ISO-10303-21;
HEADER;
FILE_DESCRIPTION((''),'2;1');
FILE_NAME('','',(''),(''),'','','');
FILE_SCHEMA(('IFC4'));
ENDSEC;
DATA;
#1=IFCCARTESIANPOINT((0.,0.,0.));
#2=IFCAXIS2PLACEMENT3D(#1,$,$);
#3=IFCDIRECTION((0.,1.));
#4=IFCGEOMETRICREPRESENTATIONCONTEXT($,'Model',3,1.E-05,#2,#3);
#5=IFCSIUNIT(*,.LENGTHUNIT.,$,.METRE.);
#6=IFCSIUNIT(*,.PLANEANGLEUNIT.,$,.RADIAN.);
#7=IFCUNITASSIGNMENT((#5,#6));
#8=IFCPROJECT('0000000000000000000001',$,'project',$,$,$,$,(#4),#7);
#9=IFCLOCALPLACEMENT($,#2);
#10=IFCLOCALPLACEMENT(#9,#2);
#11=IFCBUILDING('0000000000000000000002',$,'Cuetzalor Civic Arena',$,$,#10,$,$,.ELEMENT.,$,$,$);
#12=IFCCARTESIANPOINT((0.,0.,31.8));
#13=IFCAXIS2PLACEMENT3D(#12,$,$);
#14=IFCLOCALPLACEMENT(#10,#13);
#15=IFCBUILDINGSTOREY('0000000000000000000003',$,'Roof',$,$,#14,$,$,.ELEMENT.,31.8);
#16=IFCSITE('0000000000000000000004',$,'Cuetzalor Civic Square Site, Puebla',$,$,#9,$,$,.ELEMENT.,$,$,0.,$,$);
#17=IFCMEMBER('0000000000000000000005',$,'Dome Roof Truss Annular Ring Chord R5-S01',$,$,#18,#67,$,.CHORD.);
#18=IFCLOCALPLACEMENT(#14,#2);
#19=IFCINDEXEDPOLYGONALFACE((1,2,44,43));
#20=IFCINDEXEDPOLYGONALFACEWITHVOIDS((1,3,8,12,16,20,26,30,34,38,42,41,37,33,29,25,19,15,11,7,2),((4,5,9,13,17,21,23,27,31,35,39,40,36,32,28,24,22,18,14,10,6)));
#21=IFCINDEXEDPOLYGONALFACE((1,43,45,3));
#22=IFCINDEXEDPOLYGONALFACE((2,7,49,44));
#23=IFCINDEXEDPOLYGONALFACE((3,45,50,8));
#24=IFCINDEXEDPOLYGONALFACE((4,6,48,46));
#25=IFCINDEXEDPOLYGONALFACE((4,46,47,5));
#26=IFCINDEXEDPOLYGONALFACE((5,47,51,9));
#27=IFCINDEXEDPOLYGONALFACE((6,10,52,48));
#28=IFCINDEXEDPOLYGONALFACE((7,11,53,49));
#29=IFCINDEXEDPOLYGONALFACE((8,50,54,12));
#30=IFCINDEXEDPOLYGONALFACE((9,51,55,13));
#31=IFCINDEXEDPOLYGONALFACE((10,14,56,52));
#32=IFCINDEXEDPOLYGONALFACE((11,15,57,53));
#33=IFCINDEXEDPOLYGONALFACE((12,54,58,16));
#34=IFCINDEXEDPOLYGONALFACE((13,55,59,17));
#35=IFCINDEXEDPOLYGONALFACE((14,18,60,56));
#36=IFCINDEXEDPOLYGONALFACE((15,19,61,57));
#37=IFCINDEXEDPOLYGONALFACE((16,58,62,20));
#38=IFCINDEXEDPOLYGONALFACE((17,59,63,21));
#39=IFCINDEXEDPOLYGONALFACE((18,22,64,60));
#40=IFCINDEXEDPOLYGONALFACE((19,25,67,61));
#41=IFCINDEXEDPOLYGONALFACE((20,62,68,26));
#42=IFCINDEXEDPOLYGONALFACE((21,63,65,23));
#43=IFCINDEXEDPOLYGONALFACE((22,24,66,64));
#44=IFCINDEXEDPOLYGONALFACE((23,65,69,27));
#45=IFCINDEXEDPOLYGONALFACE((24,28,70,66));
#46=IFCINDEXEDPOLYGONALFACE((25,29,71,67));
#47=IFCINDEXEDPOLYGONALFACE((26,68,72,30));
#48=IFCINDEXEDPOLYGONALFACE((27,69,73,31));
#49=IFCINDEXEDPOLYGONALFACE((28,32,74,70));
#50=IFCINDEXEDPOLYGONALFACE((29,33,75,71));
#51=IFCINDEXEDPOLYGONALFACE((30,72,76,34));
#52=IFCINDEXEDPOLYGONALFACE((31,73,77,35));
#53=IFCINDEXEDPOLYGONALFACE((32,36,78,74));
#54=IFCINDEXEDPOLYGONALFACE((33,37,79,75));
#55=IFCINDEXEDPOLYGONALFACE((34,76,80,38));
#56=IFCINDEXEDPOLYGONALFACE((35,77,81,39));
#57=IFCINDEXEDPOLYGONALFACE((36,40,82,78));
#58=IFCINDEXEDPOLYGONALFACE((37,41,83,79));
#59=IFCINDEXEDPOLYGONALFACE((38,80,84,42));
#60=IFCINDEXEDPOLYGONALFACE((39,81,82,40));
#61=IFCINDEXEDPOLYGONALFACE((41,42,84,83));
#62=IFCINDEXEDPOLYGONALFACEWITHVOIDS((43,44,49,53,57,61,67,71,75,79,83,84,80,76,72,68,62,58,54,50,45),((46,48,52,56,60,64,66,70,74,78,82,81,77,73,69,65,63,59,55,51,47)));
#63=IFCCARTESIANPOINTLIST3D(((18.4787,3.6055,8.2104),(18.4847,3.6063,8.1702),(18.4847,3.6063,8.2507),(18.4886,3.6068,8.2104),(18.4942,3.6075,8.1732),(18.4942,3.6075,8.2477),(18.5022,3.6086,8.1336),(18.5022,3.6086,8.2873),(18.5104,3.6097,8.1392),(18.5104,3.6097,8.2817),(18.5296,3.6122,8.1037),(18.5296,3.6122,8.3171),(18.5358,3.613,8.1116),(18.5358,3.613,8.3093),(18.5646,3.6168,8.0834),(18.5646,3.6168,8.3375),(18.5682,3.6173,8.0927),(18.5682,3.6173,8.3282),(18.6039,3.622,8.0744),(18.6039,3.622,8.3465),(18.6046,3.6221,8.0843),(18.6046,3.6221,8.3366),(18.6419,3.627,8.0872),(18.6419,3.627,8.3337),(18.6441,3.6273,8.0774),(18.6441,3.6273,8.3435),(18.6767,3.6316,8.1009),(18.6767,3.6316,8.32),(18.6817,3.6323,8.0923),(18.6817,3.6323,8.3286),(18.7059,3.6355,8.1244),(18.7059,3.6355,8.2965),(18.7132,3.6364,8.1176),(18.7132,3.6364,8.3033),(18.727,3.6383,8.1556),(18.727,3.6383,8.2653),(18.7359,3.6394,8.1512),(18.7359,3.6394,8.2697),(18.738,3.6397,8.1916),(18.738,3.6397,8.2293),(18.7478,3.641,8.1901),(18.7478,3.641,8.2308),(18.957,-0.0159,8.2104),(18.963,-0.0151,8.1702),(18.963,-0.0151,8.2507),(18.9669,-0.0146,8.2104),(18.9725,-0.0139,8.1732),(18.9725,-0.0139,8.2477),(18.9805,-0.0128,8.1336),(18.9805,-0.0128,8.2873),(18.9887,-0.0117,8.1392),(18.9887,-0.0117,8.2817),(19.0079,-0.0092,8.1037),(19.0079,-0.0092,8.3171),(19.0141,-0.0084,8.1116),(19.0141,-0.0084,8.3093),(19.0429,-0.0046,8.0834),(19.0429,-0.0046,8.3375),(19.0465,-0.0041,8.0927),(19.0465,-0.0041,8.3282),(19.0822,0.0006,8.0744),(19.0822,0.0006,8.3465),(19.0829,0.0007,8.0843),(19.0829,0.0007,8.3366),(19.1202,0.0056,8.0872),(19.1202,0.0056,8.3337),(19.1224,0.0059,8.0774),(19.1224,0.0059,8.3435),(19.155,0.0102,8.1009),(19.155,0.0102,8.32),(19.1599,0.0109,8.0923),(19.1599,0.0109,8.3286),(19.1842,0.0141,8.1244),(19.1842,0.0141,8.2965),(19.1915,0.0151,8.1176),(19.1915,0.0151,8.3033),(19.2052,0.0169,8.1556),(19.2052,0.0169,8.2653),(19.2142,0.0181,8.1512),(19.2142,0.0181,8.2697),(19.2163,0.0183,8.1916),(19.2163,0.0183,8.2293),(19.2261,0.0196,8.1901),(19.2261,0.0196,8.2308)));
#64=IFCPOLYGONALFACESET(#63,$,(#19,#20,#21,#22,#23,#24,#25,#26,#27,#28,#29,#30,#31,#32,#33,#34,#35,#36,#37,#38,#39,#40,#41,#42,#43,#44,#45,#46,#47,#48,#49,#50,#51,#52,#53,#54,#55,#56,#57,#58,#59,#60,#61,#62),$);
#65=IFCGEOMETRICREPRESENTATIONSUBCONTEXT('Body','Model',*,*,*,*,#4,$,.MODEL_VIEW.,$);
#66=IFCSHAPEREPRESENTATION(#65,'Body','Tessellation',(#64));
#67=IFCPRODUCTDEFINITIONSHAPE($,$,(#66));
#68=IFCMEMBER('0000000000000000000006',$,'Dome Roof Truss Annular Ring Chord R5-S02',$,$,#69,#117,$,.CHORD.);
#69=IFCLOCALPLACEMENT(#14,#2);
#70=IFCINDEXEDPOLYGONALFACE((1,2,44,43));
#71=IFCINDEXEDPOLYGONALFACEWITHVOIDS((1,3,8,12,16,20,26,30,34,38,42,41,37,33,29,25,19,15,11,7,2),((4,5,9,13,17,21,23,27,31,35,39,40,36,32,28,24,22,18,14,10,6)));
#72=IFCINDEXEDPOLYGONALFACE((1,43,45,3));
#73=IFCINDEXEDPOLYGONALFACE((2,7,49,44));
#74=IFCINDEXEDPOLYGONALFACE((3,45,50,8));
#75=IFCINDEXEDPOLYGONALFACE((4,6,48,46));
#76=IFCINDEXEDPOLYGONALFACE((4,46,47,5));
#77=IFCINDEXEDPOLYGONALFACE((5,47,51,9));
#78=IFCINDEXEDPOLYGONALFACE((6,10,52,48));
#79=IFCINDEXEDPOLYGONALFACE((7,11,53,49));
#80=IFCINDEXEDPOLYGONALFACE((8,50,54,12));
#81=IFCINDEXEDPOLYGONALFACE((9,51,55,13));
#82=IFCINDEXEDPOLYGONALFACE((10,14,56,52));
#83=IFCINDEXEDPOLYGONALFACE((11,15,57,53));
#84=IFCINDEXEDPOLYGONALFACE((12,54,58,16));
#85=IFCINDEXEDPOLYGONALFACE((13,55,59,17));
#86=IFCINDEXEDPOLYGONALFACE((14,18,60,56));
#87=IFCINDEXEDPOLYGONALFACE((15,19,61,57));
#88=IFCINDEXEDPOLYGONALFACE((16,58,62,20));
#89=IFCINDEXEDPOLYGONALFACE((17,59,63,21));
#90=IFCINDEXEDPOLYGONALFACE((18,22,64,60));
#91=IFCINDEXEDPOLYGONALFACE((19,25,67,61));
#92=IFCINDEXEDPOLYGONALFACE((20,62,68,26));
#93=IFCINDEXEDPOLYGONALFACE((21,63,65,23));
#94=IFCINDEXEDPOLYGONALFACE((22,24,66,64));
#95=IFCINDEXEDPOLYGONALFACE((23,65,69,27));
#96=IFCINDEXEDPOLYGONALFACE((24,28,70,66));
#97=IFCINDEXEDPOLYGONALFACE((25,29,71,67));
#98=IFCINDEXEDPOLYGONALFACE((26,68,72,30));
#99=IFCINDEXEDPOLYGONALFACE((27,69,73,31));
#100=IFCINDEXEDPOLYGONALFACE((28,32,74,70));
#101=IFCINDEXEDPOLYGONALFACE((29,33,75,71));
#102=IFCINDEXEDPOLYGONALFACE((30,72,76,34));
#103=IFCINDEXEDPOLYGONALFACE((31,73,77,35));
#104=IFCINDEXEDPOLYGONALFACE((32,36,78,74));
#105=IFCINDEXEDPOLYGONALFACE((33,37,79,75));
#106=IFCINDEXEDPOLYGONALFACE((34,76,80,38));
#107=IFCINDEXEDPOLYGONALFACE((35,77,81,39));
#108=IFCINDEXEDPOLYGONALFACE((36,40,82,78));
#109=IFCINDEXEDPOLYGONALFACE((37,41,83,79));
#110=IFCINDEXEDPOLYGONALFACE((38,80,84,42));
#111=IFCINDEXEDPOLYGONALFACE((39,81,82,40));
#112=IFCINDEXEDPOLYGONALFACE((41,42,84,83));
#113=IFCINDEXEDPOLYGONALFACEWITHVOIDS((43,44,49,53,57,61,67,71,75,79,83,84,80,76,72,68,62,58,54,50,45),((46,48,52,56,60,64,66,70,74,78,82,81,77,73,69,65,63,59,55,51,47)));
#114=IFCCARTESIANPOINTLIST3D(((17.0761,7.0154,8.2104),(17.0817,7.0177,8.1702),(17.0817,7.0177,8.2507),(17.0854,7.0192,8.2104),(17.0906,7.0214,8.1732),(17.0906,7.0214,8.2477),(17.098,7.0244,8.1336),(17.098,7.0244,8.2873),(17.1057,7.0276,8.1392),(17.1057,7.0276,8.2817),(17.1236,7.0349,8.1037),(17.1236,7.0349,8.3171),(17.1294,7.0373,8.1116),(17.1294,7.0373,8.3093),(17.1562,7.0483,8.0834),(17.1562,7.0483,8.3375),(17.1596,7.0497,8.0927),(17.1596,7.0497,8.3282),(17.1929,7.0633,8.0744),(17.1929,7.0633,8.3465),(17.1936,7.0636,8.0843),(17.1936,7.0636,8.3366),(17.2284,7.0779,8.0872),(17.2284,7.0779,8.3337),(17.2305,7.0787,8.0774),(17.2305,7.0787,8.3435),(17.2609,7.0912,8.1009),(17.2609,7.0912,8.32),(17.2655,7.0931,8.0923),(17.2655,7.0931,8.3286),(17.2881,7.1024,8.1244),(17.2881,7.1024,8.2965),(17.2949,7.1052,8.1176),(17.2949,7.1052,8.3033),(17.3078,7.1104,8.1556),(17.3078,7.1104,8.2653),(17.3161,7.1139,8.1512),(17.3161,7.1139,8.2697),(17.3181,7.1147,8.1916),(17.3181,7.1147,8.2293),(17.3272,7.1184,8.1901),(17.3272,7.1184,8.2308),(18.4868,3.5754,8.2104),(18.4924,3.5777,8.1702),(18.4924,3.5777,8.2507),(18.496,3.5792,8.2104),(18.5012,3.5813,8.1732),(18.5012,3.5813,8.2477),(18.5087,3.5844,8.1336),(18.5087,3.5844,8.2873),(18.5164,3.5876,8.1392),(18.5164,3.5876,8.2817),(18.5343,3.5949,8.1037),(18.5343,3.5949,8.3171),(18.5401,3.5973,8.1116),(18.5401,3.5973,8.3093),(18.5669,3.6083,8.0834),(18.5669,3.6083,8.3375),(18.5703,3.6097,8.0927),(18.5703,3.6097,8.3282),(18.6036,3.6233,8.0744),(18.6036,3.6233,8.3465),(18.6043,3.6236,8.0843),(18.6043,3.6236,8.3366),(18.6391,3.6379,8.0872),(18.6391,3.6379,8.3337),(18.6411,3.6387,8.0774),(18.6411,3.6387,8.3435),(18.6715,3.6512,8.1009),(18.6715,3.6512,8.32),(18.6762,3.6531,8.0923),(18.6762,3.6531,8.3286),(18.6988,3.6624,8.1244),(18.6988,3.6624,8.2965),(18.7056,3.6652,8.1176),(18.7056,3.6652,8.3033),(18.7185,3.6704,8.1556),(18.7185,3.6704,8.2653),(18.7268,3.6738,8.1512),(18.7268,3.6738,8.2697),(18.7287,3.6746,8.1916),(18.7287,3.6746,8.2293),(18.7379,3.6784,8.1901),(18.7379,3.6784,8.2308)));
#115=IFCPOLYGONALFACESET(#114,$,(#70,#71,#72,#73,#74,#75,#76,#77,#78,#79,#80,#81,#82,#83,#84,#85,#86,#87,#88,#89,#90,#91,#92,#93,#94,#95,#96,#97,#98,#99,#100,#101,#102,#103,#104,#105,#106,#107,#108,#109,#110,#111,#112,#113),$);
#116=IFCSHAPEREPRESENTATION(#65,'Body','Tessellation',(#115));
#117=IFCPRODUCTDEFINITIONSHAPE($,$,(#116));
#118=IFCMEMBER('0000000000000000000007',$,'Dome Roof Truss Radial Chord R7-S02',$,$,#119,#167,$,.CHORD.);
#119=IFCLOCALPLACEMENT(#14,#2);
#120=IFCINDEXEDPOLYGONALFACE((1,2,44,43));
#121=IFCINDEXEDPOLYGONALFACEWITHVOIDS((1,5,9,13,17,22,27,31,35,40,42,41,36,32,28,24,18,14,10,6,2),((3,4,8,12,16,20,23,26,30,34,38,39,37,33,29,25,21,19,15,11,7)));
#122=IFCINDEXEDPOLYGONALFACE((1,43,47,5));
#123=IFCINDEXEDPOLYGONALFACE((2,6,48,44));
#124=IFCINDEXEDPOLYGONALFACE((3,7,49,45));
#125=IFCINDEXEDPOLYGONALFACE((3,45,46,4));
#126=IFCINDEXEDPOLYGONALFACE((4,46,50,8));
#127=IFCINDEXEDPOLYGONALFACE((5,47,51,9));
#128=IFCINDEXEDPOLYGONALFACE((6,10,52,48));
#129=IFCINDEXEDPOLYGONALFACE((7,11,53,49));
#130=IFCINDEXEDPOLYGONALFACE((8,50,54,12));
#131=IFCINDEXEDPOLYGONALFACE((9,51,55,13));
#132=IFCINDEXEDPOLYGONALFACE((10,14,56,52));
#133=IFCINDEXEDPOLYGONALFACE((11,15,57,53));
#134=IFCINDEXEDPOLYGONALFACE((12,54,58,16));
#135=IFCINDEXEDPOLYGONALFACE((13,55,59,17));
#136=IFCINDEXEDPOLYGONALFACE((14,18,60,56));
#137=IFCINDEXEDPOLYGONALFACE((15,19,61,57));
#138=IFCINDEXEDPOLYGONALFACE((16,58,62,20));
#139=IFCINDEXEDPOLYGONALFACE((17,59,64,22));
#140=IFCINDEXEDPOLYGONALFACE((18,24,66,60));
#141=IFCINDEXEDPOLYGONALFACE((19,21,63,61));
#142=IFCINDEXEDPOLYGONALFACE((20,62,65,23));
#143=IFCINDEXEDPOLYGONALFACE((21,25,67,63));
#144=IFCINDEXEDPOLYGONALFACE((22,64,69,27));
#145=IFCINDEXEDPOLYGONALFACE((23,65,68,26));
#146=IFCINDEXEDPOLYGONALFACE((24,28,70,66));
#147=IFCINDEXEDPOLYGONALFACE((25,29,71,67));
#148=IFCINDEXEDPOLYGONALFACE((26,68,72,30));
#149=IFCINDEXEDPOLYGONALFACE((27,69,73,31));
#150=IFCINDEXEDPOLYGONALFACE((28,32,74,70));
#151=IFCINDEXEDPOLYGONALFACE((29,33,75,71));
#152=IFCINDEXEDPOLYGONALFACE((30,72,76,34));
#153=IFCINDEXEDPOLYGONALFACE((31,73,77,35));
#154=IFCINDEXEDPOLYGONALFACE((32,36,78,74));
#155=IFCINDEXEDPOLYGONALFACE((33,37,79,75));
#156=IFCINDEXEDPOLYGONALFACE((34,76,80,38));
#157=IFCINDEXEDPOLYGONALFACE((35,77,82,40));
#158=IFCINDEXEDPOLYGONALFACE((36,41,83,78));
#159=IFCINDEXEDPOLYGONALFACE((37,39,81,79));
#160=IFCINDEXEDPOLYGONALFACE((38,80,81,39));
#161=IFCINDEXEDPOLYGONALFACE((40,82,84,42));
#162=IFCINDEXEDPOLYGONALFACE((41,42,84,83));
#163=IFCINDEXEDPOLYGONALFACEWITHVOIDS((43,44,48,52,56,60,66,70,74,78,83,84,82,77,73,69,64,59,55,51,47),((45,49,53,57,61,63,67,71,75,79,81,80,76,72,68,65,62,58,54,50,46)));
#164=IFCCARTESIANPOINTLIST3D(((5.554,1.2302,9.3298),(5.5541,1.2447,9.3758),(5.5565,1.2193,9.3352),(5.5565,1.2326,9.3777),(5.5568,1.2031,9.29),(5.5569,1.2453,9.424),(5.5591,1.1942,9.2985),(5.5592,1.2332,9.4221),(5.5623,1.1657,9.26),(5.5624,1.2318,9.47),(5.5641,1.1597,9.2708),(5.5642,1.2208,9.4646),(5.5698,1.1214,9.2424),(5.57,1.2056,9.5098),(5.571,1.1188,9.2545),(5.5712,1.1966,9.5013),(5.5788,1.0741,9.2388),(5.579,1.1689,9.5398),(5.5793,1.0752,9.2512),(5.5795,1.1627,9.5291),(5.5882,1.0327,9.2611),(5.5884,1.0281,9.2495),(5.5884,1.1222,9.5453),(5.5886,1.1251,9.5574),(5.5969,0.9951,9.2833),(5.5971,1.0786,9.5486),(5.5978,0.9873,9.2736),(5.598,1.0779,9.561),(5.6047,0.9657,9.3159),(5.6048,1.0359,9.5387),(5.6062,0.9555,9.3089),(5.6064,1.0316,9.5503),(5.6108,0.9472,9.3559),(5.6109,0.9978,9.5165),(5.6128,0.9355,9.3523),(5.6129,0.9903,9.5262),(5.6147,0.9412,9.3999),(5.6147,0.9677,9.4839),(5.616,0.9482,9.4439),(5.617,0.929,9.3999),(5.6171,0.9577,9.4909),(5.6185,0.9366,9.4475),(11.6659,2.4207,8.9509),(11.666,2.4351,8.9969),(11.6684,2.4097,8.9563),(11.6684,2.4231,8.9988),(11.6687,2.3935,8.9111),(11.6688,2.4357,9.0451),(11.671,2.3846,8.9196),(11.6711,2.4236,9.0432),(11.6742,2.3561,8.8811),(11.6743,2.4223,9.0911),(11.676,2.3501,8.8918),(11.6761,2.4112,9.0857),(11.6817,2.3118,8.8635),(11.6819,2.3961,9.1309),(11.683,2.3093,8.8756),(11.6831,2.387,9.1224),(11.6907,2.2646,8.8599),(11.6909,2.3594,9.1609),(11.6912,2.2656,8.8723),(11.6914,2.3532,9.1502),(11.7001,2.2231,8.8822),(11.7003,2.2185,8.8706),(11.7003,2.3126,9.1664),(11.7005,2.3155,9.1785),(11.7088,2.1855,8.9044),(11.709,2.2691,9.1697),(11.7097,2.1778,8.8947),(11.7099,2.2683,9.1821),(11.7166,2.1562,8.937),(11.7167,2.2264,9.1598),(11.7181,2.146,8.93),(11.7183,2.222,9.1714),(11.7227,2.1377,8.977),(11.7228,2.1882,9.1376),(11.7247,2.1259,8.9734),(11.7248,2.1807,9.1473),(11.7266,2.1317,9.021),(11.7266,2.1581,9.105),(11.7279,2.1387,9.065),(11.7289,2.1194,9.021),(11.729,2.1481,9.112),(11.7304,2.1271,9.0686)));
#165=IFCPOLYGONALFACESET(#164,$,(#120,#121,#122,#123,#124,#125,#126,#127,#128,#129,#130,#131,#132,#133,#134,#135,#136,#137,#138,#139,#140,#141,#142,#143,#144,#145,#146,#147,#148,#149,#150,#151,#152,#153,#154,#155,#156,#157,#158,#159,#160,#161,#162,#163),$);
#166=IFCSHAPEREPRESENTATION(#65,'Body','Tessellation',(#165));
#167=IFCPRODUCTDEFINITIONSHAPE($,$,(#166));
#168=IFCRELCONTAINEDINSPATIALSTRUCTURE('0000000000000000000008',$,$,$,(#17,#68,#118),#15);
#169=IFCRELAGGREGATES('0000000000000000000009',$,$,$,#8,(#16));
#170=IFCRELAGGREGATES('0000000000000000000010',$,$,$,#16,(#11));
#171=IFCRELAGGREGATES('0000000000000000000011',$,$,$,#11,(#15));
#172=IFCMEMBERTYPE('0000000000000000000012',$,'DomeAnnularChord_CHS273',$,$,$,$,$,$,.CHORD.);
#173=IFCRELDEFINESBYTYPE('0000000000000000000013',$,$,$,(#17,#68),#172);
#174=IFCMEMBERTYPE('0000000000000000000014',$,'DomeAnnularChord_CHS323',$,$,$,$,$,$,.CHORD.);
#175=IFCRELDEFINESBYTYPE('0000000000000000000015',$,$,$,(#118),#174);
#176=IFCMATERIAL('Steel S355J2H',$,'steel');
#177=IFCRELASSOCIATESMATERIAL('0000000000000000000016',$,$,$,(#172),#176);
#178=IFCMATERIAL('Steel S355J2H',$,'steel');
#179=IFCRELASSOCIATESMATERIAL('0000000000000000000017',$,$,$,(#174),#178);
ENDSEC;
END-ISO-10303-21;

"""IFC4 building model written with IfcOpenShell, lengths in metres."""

from ifc_helpers import new_model, si_unit, direction, frame, origin, origin_2d, place, context, subcontext, project, spatial, hollow_circle, extrude, material, material_profile, profile_set, type_object, element, save


model = new_model("IFC4")

# Units and contexts
model_context = context("Model", 3, precision=1e-05, world=origin(), true_north=direction((0.0, 1.0)))
body_context = subcontext(model_context, "Body", "Model", "MODEL_VIEW")
ifc_project = project(units=[si_unit("LENGTHUNIT", "METRE"), si_unit("PLANEANGLEUNIT", "RADIAN")], contexts=[model_context])

# Site, building, storey
site_placement = place(None, origin())
site = spatial("IfcSite", under=ifc_project, at=site_placement, Name="Cuetzalor Civic Square Site, Puebla", CompositionType="ELEMENT", RefElevation=0.0)
building_placement = place(site_placement, origin())
building = spatial("IfcBuilding", under=site, at=building_placement, Name="Cuetzalor Civic Arena", CompositionType="ELEMENT")
storey_placement = place(building_placement, frame((0.0, 0.0, 31.8)))
storey = spatial("IfcBuildingStorey", under=building, at=storey_placement, Name="Roof", CompositionType="ELEMENT", Elevation=31.8)

# Members
ifc_material_1 = material(Name="Steel S355J2H", Category="steel")
ifc_material_profile_1 = material_profile(ifc_material_1, hollow_circle(Radius=0.1365, WallThickness=0.01, at=origin_2d()), Name="CHS 273x10")
ifc_profile_set_1 = profile_set([ifc_material_profile_1], Name="Steel S355J2H")
member_type_1 = type_object("IfcMemberType", Name="DomeAnnularChord_CHS273", PredefinedType="CHORD", material=ifc_profile_set_1)
member_1_placement = place(storey_placement, frame((19.0923, 0.002, 8.2104), z_axis=(-0.130933, 0.991391, 0.0), x_axis=(-0.991391, -0.130933, 0.0)))
element("IfcMember", 1, at=member_1_placement, inside=storey, type_object=member_type_1, Name="Dome Roof Truss Annular Ring Chord R5-S01", PredefinedType="CHORD", context=body_context, shape_type="SweptSolid", body=[
    extrude(hollow_circle(Radius=0.1365, WallThickness=0.01, at=origin_2d()), origin(), (0.0, 0.0, 1.0), 3.6528),
])
member_2_placement = place(storey_placement, frame((18.613, 3.6272, 8.2104), z_axis=(-0.379415, 0.925227, 0.0), x_axis=(-0.925227, -0.379415, 0.0)))
element("IfcMember", 2, at=member_2_placement, inside=storey, type_object=member_type_1, Name="Dome Roof Truss Annular Ring Chord R5-S02", PredefinedType="CHORD", context=body_context, shape_type="SweptSolid", body=[
    extrude(hollow_circle(Radius=0.1365, WallThickness=0.01, at=origin_2d()), origin(), (0.0, 0.0, 1.0), 3.718),
])
ifc_material_2 = material(Name="Steel S355J2H", Category="steel")
ifc_material_profile_2 = material_profile(ifc_material_2, hollow_circle(Radius=0.1619, WallThickness=0.0125, at=origin_2d()), Name="CHS 323.9x12.5")
ifc_profile_set_2 = profile_set([ifc_material_profile_2], Name="Steel S355J2H")
member_type_2 = type_object("IfcMemberType", Name="DomeAnnularChord_CHS323", PredefinedType="CHORD", material=ifc_profile_set_2)
member_3_placement = place(storey_placement, frame((11.698, 2.2783, 9.021), z_axis=(-0.979742, -0.190829, 0.06074), x_axis=(0.191182, -0.981555, 0.0)))
element("IfcMember", 3, at=member_3_placement, inside=storey, type_object=member_type_2, Name="Dome Roof Truss Radial Chord R7-S02", PredefinedType="CHORD", context=body_context, shape_type="SweptSolid", body=[
    extrude(hollow_circle(Radius=0.1619, WallThickness=0.0125, at=origin_2d()), origin(), (0.0, 0.0, 1.0), 6.2383),
])

save(model, "model.ifc")
